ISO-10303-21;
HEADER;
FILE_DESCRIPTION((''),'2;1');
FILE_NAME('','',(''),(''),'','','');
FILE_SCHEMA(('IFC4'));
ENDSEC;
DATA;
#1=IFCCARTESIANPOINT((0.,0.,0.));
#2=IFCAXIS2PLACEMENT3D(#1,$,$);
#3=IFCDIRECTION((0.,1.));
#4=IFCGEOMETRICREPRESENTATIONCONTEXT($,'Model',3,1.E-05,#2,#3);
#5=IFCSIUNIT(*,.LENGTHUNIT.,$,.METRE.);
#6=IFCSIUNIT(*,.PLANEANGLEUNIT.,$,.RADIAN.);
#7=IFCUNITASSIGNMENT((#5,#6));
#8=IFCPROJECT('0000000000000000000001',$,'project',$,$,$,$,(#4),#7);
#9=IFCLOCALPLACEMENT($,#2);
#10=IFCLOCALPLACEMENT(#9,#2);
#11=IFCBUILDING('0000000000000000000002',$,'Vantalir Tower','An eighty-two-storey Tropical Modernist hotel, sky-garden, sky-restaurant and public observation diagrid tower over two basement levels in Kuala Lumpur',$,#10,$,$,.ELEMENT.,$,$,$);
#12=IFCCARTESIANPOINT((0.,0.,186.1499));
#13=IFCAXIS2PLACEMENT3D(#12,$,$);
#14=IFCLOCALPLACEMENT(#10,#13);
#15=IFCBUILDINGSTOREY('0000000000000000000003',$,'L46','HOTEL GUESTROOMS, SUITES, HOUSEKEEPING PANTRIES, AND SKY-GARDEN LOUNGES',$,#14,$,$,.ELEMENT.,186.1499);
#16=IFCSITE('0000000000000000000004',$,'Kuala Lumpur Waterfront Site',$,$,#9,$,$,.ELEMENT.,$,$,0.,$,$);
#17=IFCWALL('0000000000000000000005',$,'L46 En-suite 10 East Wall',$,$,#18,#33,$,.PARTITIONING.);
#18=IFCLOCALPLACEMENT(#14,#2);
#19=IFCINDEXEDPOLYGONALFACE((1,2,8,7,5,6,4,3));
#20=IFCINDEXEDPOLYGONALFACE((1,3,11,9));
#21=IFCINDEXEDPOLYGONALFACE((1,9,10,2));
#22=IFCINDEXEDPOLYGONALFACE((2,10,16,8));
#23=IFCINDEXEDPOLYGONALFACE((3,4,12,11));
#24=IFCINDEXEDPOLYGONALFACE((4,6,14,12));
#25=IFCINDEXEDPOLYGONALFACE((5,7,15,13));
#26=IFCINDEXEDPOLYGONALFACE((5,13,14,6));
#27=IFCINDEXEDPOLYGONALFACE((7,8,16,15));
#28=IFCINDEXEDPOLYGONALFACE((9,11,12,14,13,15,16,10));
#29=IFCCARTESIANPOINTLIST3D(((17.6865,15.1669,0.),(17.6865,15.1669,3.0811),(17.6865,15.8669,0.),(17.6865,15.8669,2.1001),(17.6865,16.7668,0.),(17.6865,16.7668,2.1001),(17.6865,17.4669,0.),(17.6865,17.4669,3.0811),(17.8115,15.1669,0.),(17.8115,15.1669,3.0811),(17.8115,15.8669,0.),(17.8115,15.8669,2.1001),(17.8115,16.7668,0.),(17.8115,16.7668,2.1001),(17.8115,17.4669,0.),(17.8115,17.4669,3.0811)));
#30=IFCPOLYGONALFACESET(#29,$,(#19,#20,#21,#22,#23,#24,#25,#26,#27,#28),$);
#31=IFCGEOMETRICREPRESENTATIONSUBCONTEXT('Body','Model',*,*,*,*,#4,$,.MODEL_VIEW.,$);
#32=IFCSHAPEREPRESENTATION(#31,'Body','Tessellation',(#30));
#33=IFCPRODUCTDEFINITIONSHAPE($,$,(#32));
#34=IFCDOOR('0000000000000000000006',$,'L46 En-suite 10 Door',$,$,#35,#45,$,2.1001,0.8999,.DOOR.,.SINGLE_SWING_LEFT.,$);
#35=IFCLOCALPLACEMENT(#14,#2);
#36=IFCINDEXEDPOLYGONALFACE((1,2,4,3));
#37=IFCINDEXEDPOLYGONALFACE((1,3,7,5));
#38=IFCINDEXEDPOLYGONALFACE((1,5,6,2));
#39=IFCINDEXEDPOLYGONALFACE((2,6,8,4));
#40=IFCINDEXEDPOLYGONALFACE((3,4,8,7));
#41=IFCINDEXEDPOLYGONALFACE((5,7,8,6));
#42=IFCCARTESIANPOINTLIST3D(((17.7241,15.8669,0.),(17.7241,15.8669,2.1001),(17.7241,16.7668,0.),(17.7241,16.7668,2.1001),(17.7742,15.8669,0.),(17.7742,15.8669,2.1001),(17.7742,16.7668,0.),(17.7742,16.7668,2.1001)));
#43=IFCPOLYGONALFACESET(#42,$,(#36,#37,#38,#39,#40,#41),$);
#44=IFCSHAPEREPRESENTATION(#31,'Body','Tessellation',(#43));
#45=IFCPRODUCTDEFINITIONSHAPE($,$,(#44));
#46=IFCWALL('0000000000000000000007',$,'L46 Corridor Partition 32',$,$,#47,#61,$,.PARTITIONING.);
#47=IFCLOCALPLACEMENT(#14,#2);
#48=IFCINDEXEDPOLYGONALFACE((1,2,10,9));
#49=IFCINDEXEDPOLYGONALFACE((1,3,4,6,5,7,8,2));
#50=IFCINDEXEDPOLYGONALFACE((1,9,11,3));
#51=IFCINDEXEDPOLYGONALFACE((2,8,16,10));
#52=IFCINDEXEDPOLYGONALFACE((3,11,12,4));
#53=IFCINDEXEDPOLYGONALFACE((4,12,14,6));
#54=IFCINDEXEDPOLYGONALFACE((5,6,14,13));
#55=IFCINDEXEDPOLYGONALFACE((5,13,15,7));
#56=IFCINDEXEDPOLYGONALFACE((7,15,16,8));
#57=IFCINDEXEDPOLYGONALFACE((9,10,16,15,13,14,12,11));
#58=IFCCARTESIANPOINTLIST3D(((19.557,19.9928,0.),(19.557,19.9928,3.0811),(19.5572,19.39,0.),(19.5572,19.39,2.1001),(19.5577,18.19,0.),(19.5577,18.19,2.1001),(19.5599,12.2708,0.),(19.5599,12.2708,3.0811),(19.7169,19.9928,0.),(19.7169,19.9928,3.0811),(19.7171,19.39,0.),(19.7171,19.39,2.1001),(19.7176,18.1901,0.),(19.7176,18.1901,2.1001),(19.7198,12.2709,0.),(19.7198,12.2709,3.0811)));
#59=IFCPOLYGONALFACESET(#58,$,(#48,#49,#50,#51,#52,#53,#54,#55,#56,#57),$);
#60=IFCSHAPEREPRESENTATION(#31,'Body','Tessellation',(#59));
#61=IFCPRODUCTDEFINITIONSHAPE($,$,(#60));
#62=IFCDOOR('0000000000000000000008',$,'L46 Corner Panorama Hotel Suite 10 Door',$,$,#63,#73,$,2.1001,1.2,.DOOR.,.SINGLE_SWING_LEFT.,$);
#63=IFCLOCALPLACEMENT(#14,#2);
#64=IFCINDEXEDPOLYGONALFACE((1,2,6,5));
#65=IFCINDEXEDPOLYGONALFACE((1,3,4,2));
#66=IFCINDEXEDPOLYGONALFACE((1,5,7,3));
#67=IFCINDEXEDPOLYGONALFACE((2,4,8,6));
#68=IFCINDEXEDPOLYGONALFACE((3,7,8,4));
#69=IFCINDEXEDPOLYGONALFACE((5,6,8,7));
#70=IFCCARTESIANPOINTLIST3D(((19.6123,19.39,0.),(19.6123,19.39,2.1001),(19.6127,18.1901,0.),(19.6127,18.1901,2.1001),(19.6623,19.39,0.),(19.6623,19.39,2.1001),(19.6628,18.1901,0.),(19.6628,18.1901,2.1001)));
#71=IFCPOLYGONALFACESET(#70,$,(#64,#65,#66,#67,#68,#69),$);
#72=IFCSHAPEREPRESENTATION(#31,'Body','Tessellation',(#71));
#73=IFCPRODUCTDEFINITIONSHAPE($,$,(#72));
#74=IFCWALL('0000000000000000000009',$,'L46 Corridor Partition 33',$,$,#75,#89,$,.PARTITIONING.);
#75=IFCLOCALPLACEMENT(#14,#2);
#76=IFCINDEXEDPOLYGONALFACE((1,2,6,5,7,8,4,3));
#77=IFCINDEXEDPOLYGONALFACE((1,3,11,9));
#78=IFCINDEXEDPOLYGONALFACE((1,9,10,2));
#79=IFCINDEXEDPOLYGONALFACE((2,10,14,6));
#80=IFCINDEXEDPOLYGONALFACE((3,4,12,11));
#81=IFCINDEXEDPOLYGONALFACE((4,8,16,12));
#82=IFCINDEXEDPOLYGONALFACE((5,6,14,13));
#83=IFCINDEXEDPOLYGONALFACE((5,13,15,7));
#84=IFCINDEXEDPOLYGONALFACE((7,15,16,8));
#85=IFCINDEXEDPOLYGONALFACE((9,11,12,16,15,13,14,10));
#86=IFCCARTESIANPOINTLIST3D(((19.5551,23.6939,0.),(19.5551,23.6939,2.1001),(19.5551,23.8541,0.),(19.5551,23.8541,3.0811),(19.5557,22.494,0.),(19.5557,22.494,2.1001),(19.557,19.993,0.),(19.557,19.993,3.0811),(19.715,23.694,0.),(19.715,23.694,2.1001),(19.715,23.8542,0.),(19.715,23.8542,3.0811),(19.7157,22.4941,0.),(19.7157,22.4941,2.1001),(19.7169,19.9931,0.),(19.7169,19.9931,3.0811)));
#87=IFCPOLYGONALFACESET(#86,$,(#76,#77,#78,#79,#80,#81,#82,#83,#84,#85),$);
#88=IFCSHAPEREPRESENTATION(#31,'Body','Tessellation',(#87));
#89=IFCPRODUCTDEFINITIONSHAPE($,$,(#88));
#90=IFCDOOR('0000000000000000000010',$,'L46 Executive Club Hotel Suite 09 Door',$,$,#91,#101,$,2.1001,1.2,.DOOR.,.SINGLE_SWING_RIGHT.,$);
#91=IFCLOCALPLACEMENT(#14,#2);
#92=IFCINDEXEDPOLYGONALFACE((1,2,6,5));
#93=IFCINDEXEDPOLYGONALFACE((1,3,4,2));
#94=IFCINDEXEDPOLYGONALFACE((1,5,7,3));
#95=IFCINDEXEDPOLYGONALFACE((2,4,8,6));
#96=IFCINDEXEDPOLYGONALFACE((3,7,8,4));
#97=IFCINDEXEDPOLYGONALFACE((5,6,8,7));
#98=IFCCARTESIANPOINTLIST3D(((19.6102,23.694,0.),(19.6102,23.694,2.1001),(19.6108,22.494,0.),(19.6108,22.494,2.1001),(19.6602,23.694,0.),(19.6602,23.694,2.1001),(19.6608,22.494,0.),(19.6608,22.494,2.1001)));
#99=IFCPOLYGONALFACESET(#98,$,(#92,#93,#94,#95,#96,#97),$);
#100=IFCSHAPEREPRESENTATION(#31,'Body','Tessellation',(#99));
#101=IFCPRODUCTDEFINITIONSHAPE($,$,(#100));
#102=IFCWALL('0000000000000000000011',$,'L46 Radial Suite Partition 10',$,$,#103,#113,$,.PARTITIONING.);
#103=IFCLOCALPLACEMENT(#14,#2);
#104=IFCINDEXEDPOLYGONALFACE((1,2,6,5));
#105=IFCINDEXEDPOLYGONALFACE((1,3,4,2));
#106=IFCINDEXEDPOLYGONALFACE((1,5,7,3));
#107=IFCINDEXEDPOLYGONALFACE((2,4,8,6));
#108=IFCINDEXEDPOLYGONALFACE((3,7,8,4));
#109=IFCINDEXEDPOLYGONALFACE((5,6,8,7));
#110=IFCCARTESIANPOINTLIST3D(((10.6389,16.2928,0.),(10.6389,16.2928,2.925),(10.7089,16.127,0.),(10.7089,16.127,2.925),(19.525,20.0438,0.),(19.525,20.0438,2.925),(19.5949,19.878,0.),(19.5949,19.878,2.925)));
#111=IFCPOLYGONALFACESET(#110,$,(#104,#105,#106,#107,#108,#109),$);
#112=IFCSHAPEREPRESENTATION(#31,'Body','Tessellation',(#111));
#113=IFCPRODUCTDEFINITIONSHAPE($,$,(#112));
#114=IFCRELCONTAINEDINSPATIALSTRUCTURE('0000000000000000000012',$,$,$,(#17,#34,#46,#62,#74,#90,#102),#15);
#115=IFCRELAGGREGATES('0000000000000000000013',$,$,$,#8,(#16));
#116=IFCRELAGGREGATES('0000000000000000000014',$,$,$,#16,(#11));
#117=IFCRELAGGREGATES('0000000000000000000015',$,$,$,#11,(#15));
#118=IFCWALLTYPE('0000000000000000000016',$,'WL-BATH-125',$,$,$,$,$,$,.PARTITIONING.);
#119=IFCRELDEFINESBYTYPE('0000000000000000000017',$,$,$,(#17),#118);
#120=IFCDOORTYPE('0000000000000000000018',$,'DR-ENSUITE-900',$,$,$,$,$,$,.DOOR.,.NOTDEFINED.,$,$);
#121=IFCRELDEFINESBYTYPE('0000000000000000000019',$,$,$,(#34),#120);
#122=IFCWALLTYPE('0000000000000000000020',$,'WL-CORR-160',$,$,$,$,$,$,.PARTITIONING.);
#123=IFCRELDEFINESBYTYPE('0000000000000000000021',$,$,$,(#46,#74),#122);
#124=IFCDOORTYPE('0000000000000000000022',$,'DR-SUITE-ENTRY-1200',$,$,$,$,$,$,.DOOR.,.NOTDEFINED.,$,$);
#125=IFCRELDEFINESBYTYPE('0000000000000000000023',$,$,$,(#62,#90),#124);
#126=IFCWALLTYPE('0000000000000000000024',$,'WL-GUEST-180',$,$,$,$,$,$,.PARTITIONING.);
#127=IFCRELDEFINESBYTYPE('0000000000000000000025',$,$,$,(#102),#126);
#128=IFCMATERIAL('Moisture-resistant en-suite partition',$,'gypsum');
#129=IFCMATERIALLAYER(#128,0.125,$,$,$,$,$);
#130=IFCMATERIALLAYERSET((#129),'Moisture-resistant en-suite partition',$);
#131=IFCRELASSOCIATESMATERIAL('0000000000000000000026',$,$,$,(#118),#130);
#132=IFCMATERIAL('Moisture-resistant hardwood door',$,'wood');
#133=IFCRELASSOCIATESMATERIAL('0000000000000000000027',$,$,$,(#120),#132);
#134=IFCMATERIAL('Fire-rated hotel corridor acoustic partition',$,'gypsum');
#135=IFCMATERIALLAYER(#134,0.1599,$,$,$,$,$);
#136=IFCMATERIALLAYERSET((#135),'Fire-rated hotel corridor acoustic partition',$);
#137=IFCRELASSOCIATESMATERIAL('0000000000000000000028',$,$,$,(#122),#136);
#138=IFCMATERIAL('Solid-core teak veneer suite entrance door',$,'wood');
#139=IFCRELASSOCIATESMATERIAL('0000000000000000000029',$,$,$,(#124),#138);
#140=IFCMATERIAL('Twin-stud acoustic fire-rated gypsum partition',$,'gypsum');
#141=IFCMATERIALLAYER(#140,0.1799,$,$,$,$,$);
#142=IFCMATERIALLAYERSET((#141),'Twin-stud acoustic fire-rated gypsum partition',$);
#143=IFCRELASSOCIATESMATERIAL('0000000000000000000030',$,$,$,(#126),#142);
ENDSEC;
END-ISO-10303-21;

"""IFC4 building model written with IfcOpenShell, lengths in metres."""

from ifc_helpers import new_model, si_unit, direction, frame, frame_2d, origin, place, context, subcontext, project, spatial, rectangle, extrude, material, layer, layer_set, type_object, element, fill, save


model = new_model("IFC4")

# Units and contexts
model_context = context("Model", 3, precision=1e-05, world=origin(), true_north=direction((0.0, 1.0)))
body_context = subcontext(model_context, "Body", "Model", "MODEL_VIEW")
ifc_project = project(units=[si_unit("LENGTHUNIT", "METRE"), si_unit("PLANEANGLEUNIT", "RADIAN")], contexts=[model_context])

# Site, building, storey
site_placement = place(None, origin())
site = spatial("IfcSite", under=ifc_project, at=site_placement, Name="Kuala Lumpur Waterfront Site", CompositionType="ELEMENT", RefElevation=0.0)
building_placement = place(site_placement, origin())
building = spatial("IfcBuilding", under=site, at=building_placement, Name="Vantalir Tower", Description="An eighty-two-storey Tropical Modernist hotel, sky-garden, sky-restaurant and public observation diagrid tower over two basement levels in Kuala Lumpur", CompositionType="ELEMENT")
storey_placement = place(building_placement, frame((0.0, 0.0, 186.1499)))
storey = spatial("IfcBuildingStorey", under=building, at=storey_placement, Name="L46", Description="HOTEL GUESTROOMS, SUITES, HOUSEKEEPING PANTRIES, AND SKY-GARDEN LOUNGES", CompositionType="ELEMENT", Elevation=186.1499)

# Shared definitions
ifc_material_1 = material(Name="Moisture-resistant en-suite partition", Category="gypsum")
ifc_layer_1 = layer(ifc_material_1, 0.125)
ifc_layer_set_1 = layer_set([ifc_layer_1], Name="Moisture-resistant en-suite partition")
wall_type_1 = type_object("IfcWallType", Name="WL-BATH-125", PredefinedType="PARTITIONING", material=ifc_layer_set_1)

# Shared definitions
ifc_material_2 = material(Name="Moisture-resistant hardwood door", Category="wood")
door_type_1 = type_object("IfcDoorType", Name="DR-ENSUITE-900", OperationType="NOTDEFINED", PredefinedType="DOOR", material=ifc_material_2)

# Walls, openings, doors
wall_1_placement = place(storey_placement, frame((17.749, 15.167, 0.0), z_axis=(0.0, 0.0, 1.0), x_axis=(0.0, 1.0, 0.0)))
wall_1 = element("IfcWall", 1, at=wall_1_placement, inside=storey, type_object=wall_type_1, Name="L46 En-suite 10 East Wall", PredefinedType="PARTITIONING", context=body_context, shape_type="SweptSolid", body=[
    extrude(rectangle(XDim=2.3, YDim=0.125, at=frame_2d((1.1499, 0.0))), origin(), (0.0, 0.0, 1.0), 3.0811),
])
opening_1_placement = place(wall_1_placement, frame((0.7, 0.0, 0.0)))
opening_1 = element("IfcOpeningElement", 2, at=opening_1_placement, cuts=wall_1, PredefinedType="OPENING", context=body_context, shape_type="SweptSolid", body=[
    extrude(rectangle(XDim=0.8999, YDim=2.1001, at=frame_2d((0.45, 1.05))), frame((0.0, 0.0725, 0.0), z_axis=(0.0, -1.0, 0.0), x_axis=(1.0, 0.0, 0.0)), (0.0, 0.0, 1.0), 0.145),
])
door_1_placement = place(opening_1_placement, origin())
door_1 = element("IfcDoor", 3, at=door_1_placement, inside=storey, type_object=door_type_1, Name="L46 En-suite 10 Door", OperationType="SINGLE_SWING_LEFT", OverallHeight=2.1001, OverallWidth=0.8999, PredefinedType="DOOR", context=body_context, shape_type="SweptSolid", body=[
    extrude(rectangle(XDim=0.8999, YDim=2.1001, at=frame_2d((0.45, 1.05))), frame((0.0, 0.0249, 0.0), z_axis=(0.0, -1.0, 0.0), x_axis=(1.0, 0.0, 0.0)), (0.0, 0.0, 1.0), 0.05),
])
fill(opening_1, door_1)
ifc_material_3 = material(Name="Fire-rated hotel corridor acoustic partition", Category="gypsum")
ifc_layer_2 = layer(ifc_material_3, 0.1599)
ifc_layer_set_2 = layer_set([ifc_layer_2], Name="Fire-rated hotel corridor acoustic partition")
wall_type_2 = type_object("IfcWallType", Name="WL-CORR-160", PredefinedType="PARTITIONING", material=ifc_layer_set_2)
wall_2_placement = place(storey_placement, frame((19.6399, 12.271, 0.0), z_axis=(0.0, 0.0, 1.0), x_axis=(-0.000379, 1.0, 0.0)))
wall_2 = element("IfcWall", 4, at=wall_2_placement, inside=storey, type_object=wall_type_2, Name="L46 Corridor Partition 32", PredefinedType="PARTITIONING", context=body_context, shape_type="SweptSolid", body=[
    extrude(rectangle(XDim=7.7219, YDim=0.1599, at=frame_2d((3.8608, 0.0))), origin(), (0.0, 0.0, 1.0), 3.0811),
])
opening_2_placement = place(wall_2_placement, frame((5.9189, 0.0, 0.0)))
opening_2 = element("IfcOpeningElement", 5, at=opening_2_placement, cuts=wall_2, PredefinedType="OPENING", context=body_context, shape_type="SweptSolid", body=[
    extrude(rectangle(XDim=1.2, YDim=2.1001, at=frame_2d((0.6001, 1.05))), frame((0.0, 0.0898, 0.0), z_axis=(0.0, -1.0, 0.0), x_axis=(1.0, 0.0, 0.0)), (0.0, 0.0, 1.0), 0.1799),
])
ifc_material_4 = material(Name="Solid-core teak veneer suite entrance door", Category="wood")
door_type_2 = type_object("IfcDoorType", Name="DR-SUITE-ENTRY-1200", OperationType="NOTDEFINED", PredefinedType="DOOR", material=ifc_material_4)
door_2_placement = place(opening_2_placement, origin())
door_2 = element("IfcDoor", 6, at=door_2_placement, inside=storey, type_object=door_type_2, Name="L46 Corner Panorama Hotel Suite 10 Door", OperationType="SINGLE_SWING_LEFT", OverallHeight=2.1001, OverallWidth=1.2, PredefinedType="DOOR", context=body_context, shape_type="SweptSolid", body=[
    extrude(rectangle(XDim=1.2, YDim=2.1001, at=frame_2d((0.6001, 1.05))), frame((0.0, 0.0249, 0.0), z_axis=(0.0, -1.0, 0.0), x_axis=(1.0, 0.0, 0.0)), (0.0, 0.0, 1.0), 0.05),
])
fill(opening_2, door_2)
wall_3_placement = place(storey_placement, frame((19.637, 19.9929, 0.0), z_axis=(0.0, 0.0, 1.0), x_axis=(-0.000506, 1.0, 0.0)))
wall_3 = element("IfcWall", 7, at=wall_3_placement, inside=storey, type_object=wall_type_2, Name="L46 Corridor Partition 33", PredefinedType="PARTITIONING", context=body_context, shape_type="SweptSolid", body=[
    extrude(rectangle(XDim=3.8611, YDim=0.1599, at=frame_2d((1.9307, 0.0))), origin(), (0.0, 0.0, 1.0), 3.0811),
])
opening_3_placement = place(wall_3_placement, frame((2.501, 0.0, 0.0)))
opening_3 = element("IfcOpeningElement", 8, at=opening_3_placement, cuts=wall_3, PredefinedType="OPENING", context=body_context, shape_type="SweptSolid", body=[
    extrude(rectangle(XDim=1.2, YDim=2.1001, at=frame_2d((0.6001, 1.05))), frame((0.0, 0.0898, 0.0), z_axis=(0.0, -1.0, 0.0), x_axis=(1.0, 0.0, 0.0)), (0.0, 0.0, 1.0), 0.1799),
])
door_3_placement = place(opening_3_placement, origin())
door_3 = element("IfcDoor", 9, at=door_3_placement, inside=storey, type_object=door_type_2, Name="L46 Executive Club Hotel Suite 09 Door", OperationType="SINGLE_SWING_RIGHT", OverallHeight=2.1001, OverallWidth=1.2, PredefinedType="DOOR", context=body_context, shape_type="SweptSolid", body=[
    extrude(rectangle(XDim=1.2, YDim=2.1001, at=frame_2d((0.6001, 1.05))), frame((0.0, 0.0249, 0.0), z_axis=(0.0, -1.0, 0.0), x_axis=(1.0, 0.0, 0.0)), (0.0, 0.0, 1.0), 0.05),
])
fill(opening_3, door_3)

# Wall
ifc_material_5 = material(Name="Twin-stud acoustic fire-rated gypsum partition", Category="gypsum")
ifc_layer_3 = layer(ifc_material_5, 0.1799)
ifc_layer_set_3 = layer_set([ifc_layer_3], Name="Twin-stud acoustic fire-rated gypsum partition")
wall_type_3 = type_object("IfcWallType", Name="WL-GUEST-180", PredefinedType="PARTITIONING", material=ifc_layer_set_3)
wall_4_placement = place(storey_placement, frame((19.5601, 19.9609, 0.0), z_axis=(0.0, 0.0, 1.0), x_axis=(-0.921282, -0.388894, 0.0)))
element("IfcWall", 10, at=wall_4_placement, inside=storey, type_object=wall_type_3, Name="L46 Radial Suite Partition 10", PredefinedType="PARTITIONING", context=body_context, shape_type="SweptSolid", body=[
    extrude(rectangle(XDim=9.6453, YDim=0.1799, at=frame_2d((4.8228, 0.0))), origin(), (0.0, 0.0, 1.0), 2.925),
])

save(model, "model.ifc")
